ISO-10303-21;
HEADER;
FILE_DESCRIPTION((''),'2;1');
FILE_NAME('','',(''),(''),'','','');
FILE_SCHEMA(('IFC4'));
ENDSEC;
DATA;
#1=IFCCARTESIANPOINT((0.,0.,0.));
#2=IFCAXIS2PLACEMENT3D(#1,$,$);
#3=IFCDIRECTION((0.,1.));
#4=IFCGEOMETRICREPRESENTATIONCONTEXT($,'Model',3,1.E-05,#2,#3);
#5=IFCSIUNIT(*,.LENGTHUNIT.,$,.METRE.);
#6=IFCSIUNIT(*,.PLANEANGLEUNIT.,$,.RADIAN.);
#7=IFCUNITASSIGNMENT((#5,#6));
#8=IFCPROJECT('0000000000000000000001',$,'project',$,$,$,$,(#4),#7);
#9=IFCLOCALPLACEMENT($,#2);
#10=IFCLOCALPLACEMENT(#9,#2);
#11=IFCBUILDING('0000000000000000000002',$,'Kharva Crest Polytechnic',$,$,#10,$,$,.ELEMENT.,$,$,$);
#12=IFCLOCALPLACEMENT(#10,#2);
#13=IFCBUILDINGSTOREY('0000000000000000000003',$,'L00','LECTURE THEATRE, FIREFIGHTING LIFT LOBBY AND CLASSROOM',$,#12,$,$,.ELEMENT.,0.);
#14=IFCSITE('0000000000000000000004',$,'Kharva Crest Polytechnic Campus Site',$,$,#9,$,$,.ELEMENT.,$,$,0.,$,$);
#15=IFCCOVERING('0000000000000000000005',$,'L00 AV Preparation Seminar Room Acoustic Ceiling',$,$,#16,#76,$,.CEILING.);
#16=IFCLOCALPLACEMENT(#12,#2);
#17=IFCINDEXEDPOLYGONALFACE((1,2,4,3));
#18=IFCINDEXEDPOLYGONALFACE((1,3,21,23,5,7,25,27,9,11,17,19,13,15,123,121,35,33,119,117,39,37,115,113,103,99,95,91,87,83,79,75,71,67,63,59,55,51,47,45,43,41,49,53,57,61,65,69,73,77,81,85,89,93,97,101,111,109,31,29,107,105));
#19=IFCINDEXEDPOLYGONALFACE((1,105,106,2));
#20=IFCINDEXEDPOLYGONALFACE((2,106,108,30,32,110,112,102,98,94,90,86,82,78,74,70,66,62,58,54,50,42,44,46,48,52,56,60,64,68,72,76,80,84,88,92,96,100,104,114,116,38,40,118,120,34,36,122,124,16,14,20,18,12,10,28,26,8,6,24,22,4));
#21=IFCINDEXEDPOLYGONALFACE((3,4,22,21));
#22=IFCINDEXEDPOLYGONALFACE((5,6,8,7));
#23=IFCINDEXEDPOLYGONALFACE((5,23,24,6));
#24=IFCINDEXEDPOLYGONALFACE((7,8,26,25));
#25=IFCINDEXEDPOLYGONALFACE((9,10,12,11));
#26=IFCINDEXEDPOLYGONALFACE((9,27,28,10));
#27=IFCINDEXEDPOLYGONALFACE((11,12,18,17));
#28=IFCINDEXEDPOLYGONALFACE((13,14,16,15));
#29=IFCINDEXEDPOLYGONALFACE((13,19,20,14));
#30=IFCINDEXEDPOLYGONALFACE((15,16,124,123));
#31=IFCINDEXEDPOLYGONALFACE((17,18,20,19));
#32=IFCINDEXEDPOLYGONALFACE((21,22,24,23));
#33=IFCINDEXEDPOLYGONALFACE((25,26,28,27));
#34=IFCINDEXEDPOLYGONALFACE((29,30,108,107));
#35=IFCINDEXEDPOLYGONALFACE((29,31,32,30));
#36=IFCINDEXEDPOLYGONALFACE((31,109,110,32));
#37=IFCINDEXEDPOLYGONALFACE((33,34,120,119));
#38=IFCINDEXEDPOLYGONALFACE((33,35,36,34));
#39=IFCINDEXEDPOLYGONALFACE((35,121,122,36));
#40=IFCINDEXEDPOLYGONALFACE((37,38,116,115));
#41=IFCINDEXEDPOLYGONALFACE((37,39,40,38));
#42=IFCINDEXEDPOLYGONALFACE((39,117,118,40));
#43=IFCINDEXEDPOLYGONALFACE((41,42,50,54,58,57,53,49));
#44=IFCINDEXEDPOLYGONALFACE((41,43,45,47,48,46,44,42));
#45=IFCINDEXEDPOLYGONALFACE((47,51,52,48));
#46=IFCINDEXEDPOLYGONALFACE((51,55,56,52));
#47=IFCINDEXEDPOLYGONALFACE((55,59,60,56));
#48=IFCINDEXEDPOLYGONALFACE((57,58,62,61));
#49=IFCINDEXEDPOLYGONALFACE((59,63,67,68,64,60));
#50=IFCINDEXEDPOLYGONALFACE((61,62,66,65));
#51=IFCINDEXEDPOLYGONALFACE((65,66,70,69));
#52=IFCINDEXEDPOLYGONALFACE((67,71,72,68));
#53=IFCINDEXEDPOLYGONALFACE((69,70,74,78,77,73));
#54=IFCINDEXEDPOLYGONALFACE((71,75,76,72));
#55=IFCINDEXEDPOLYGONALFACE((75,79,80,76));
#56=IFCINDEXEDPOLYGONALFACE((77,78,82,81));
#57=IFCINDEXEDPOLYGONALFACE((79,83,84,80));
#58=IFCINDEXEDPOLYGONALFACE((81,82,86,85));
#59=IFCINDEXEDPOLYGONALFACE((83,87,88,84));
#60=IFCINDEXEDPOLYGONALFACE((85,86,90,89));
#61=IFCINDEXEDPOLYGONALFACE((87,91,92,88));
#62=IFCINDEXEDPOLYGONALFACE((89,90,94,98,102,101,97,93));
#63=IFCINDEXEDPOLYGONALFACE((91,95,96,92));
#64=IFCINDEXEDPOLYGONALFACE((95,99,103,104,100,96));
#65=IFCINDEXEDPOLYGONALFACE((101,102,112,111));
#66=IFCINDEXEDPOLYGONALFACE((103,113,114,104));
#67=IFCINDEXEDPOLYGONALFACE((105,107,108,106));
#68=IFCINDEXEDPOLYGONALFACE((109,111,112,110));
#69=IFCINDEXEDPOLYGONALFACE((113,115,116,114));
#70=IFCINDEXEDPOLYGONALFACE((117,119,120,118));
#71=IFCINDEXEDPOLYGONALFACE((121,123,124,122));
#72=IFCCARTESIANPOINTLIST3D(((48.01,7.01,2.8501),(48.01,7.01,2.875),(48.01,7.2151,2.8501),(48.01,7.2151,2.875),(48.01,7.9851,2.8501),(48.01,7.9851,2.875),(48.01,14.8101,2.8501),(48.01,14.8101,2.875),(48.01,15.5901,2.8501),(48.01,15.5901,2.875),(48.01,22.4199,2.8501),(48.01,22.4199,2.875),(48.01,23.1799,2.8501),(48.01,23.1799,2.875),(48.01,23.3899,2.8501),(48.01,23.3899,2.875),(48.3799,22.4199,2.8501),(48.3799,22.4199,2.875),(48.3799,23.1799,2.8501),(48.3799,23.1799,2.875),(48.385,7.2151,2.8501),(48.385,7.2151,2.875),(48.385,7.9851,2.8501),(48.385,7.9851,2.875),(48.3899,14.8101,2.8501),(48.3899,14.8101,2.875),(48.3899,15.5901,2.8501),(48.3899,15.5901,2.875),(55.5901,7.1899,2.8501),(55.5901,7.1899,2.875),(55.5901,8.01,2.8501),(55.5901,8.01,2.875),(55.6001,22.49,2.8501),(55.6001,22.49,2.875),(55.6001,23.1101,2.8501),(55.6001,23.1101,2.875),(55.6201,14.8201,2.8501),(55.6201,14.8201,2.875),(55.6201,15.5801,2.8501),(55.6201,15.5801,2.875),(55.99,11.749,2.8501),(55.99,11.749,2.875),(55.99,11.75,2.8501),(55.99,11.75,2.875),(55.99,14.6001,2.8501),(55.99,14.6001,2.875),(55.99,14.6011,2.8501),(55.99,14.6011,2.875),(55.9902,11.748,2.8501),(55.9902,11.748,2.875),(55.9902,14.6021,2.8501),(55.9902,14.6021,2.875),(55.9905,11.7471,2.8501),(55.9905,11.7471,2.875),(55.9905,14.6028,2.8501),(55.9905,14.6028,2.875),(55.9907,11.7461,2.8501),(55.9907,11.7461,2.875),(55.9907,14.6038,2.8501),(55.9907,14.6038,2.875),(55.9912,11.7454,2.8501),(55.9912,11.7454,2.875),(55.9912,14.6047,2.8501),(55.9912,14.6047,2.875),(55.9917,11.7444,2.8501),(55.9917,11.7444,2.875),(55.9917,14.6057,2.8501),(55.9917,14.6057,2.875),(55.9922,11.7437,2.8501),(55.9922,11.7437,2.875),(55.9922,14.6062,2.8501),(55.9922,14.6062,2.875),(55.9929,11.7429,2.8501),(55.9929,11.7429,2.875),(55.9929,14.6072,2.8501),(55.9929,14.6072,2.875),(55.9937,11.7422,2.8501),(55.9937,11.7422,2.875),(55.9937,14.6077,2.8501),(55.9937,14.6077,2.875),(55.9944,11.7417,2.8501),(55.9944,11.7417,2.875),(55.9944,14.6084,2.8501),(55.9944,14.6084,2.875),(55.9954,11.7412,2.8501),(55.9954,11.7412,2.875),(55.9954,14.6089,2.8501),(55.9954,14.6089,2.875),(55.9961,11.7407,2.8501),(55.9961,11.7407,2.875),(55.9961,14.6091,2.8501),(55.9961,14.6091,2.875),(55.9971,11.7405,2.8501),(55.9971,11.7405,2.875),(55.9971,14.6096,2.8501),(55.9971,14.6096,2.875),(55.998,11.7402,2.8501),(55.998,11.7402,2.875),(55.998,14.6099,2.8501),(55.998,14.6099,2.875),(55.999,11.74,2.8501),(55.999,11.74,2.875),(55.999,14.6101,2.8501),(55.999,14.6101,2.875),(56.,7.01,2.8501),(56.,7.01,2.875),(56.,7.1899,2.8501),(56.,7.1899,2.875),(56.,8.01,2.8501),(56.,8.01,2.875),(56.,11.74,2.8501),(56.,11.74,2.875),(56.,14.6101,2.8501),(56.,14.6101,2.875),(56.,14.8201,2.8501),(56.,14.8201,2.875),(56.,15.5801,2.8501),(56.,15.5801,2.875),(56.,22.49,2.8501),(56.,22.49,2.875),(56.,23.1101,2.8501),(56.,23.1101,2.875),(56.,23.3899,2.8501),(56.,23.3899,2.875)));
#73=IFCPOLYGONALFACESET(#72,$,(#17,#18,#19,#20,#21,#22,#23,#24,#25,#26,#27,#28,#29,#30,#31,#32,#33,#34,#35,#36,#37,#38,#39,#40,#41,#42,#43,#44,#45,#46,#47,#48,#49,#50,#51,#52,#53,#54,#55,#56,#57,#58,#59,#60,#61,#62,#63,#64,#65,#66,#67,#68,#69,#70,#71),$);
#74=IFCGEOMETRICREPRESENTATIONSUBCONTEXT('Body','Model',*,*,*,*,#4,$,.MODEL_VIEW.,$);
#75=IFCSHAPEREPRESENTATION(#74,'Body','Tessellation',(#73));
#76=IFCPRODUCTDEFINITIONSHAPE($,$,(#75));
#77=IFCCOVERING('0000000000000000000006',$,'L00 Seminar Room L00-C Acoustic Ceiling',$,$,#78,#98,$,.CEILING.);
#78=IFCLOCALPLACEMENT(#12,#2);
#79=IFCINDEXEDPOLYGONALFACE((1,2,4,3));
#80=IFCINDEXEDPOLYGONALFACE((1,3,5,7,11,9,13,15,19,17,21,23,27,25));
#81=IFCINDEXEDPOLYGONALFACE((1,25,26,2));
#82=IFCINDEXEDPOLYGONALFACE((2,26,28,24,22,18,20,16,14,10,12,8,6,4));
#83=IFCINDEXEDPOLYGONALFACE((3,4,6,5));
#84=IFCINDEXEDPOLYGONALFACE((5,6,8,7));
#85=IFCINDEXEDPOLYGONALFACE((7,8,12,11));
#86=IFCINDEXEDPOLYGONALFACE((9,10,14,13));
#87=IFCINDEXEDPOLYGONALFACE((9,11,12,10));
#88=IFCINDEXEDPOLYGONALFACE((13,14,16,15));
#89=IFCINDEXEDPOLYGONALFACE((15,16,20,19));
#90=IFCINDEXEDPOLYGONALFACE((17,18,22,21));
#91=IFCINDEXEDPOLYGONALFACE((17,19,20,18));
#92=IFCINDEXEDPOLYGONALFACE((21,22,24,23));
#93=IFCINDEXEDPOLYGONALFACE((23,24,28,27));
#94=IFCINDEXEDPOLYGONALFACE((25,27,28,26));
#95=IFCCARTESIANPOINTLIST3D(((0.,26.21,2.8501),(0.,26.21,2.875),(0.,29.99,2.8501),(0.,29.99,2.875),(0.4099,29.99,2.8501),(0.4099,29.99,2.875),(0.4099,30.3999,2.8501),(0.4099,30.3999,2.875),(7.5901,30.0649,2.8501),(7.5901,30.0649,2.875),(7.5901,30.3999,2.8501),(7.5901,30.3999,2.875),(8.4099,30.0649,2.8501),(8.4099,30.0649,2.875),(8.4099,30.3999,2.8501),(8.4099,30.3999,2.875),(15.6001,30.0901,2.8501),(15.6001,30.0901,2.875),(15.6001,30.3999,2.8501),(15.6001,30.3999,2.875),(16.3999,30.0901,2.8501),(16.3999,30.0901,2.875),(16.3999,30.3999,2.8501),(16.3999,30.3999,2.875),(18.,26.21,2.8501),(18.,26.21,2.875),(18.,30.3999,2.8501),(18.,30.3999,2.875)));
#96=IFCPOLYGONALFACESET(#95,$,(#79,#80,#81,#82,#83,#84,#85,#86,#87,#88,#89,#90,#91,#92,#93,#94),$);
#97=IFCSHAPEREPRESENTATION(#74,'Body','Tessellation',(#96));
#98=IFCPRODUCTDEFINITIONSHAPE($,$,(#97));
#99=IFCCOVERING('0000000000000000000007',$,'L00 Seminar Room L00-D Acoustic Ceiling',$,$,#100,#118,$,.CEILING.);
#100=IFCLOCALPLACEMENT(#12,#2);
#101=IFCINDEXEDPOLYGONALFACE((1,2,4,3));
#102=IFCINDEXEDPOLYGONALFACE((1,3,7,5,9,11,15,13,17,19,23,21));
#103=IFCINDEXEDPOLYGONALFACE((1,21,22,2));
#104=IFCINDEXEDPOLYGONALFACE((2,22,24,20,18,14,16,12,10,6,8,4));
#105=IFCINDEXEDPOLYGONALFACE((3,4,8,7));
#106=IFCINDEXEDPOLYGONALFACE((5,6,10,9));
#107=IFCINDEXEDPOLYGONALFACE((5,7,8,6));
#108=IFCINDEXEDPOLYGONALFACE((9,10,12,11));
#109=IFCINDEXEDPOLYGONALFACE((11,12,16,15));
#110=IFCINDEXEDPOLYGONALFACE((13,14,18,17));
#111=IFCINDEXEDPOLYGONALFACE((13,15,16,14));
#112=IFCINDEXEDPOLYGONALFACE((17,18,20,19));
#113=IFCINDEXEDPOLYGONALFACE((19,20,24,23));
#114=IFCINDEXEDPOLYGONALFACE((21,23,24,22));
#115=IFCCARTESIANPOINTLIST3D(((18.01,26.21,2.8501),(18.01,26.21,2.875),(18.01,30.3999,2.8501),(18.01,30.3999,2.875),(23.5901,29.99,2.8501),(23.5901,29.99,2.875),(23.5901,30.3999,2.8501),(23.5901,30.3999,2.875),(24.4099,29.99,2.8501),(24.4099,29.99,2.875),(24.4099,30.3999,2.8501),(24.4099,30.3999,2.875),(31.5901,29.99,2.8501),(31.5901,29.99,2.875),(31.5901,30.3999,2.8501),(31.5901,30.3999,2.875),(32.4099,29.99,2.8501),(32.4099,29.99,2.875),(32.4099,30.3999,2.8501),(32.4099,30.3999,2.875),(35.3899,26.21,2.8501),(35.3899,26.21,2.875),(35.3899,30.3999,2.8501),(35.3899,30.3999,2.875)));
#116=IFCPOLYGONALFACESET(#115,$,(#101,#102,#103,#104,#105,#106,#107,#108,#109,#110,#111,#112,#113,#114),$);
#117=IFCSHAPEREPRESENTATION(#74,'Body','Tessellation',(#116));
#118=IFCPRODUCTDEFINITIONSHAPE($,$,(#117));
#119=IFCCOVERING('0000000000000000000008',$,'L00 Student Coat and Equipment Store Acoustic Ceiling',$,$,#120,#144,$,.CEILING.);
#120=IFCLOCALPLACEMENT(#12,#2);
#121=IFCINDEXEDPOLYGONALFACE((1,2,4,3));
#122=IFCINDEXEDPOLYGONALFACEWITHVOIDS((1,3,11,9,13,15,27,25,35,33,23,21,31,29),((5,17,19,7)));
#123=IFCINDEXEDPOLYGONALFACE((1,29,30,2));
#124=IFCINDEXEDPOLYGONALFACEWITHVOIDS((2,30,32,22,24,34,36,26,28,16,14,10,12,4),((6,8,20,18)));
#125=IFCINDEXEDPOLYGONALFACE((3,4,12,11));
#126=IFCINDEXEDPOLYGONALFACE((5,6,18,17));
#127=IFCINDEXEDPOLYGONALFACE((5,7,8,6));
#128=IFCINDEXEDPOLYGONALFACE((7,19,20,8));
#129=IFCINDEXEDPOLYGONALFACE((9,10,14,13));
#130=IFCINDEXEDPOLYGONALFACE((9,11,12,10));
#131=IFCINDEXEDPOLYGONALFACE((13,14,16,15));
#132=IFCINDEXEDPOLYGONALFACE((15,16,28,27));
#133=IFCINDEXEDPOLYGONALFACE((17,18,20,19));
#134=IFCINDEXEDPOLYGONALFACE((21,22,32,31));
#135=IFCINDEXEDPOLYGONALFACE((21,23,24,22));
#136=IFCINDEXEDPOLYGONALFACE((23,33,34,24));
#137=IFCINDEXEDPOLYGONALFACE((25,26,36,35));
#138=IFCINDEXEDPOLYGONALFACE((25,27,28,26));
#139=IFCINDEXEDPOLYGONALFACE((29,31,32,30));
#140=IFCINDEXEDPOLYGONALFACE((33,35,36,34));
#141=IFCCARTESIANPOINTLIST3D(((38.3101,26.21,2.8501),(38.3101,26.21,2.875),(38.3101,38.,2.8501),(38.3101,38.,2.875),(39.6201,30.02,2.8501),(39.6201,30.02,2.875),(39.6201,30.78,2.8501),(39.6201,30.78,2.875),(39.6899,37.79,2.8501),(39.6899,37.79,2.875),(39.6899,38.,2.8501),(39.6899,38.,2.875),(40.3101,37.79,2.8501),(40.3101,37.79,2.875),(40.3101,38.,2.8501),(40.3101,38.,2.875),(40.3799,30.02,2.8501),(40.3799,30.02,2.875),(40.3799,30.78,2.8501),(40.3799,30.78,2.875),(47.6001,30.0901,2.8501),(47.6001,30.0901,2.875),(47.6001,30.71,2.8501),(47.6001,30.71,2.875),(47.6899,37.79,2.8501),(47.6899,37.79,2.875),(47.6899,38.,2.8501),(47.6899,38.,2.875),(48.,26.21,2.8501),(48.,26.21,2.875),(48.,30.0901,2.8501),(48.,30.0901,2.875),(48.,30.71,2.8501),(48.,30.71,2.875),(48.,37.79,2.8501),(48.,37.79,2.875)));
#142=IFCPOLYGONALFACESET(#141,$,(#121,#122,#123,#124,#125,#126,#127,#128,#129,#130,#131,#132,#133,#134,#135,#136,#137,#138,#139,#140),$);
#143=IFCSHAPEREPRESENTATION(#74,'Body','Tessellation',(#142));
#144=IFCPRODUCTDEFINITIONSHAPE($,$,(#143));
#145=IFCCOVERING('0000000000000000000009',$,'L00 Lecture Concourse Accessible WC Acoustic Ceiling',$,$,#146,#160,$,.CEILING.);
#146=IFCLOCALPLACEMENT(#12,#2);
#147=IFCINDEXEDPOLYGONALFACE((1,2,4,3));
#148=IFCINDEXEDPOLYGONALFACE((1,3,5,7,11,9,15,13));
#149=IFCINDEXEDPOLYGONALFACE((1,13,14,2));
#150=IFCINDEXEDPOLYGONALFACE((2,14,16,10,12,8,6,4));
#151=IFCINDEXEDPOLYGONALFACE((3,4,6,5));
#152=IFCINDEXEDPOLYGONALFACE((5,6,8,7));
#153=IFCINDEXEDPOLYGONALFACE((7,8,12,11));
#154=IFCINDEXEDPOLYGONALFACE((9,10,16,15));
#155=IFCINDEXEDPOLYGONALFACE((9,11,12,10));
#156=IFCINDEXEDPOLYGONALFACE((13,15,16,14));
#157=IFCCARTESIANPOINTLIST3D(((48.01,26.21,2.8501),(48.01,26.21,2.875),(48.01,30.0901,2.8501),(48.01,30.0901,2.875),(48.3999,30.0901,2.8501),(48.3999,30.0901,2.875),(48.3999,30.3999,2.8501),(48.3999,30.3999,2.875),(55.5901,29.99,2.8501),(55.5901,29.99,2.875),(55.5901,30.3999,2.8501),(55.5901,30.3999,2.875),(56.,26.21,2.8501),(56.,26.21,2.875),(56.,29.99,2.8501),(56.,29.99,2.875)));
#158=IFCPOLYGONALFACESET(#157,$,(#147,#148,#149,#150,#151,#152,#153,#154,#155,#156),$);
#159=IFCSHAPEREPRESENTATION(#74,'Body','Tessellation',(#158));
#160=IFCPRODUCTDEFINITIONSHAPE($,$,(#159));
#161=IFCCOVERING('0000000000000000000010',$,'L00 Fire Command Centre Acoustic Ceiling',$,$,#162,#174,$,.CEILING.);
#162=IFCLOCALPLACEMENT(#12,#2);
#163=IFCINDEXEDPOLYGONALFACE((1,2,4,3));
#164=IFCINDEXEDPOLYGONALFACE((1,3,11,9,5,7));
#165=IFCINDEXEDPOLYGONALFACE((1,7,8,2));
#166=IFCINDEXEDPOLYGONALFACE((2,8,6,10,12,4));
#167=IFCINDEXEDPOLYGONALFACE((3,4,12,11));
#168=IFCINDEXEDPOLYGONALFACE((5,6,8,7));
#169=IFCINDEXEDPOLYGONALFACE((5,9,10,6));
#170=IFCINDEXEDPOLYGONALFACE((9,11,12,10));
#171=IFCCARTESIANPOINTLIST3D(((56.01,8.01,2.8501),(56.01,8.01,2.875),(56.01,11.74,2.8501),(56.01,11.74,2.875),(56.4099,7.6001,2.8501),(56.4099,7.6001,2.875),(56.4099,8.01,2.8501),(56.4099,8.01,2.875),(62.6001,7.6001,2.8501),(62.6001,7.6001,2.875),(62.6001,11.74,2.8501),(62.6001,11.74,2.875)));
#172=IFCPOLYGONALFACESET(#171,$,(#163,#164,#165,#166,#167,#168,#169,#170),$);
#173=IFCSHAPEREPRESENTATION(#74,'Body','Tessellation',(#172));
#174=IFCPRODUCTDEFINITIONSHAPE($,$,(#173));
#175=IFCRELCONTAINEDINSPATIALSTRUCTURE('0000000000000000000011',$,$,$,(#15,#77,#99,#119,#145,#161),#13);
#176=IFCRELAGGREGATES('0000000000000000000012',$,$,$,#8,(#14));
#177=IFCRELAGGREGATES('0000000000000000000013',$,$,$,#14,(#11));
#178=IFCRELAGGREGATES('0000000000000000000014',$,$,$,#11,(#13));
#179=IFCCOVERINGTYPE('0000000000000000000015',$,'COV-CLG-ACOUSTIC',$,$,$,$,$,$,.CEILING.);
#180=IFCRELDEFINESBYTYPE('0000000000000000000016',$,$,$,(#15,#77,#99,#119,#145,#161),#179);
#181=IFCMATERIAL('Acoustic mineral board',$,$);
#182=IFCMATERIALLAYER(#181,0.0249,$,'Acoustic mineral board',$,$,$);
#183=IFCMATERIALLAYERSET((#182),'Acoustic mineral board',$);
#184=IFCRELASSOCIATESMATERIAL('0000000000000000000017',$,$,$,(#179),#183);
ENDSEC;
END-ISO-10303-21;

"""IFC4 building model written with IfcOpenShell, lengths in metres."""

from ifc_helpers import new_model, si_unit, direction, frame, origin, place, context, subcontext, project, spatial, polyline, outline, extrude, material, layer, layer_set, type_object, element, save


model = new_model("IFC4")

# Units and contexts
model_context = context("Model", 3, precision=1e-05, world=origin(), true_north=direction((0.0, 1.0)))
body_context = subcontext(model_context, "Body", "Model", "MODEL_VIEW")
ifc_project = project(units=[si_unit("LENGTHUNIT", "METRE"), si_unit("PLANEANGLEUNIT", "RADIAN")], contexts=[model_context])

# Site, building, storey
site_placement = place(None, origin())
site = spatial("IfcSite", under=ifc_project, at=site_placement, Name="Kharva Crest Polytechnic Campus Site", CompositionType="ELEMENT", RefElevation=0.0)
building_placement = place(site_placement, origin())
building = spatial("IfcBuilding", under=site, at=building_placement, Name="Kharva Crest Polytechnic", CompositionType="ELEMENT")
storey_placement = place(building_placement, origin())
storey = spatial("IfcBuildingStorey", under=building, at=storey_placement, Name="L00", Description="LECTURE THEATRE, FIREFIGHTING LIFT LOBBY AND CLASSROOM", CompositionType="ELEMENT", Elevation=0.0)

# Coverings
ifc_material_1 = material(Name="Acoustic mineral board")
ifc_layer_1 = layer(ifc_material_1, 0.0249, Name="Acoustic mineral board")
ifc_layer_set_1 = layer_set([ifc_layer_1], Name="Acoustic mineral board")
covering_type_1 = type_object("IfcCoveringType", Name="COV-CLG-ACOUSTIC", PredefinedType="CEILING", material=ifc_layer_set_1)
covering_1_placement = place(storey_placement, frame((0.0, 0.0, 2.8501)))
element("IfcCovering", 1, at=covering_1_placement, inside=storey, type_object=covering_type_1, Name="L00 AV Preparation Seminar Room Acoustic Ceiling", PredefinedType="CEILING", context=body_context, shape_type="SweptSolid", body=[
    extrude(outline(polyline([(48.385, 7.2151), (48.385, 7.9851), (48.01, 7.9851), (48.01, 14.8101), (48.3899, 14.8101), (48.3899, 15.5901), (48.01, 15.5901), (48.01, 22.4199), (48.3799, 22.4199), (48.3799, 23.1799), (48.01, 23.1799), (48.01, 23.3899), (56.0, 23.3899), (56.0, 23.1101), (55.6001, 23.1101), (55.6001, 22.49), (56.0, 22.49), (56.0, 15.5801), (55.6201, 15.5801), (55.6201, 14.8201), (56.0, 14.8201), (56.0, 14.6101), (55.999, 14.6101), (55.998, 14.6099), (55.9971, 14.6096), (55.9961, 14.6091), (55.9954, 14.6089), (55.9944, 14.6084), (55.9937, 14.6077), (55.9929, 14.6072), (55.9922, 14.6062), (55.9917, 14.6057), (55.9912, 14.6047), (55.9907, 14.6038), (55.9905, 14.6028), (55.9902, 14.6021), (55.99, 14.6011), (55.99, 14.6001), (55.99, 11.75), (55.99, 11.749), (55.9902, 11.748), (55.9905, 11.7471), (55.9907, 11.7461), (55.9912, 11.7454), (55.9917, 11.7444), (55.9922, 11.7437), (55.9929, 11.7429), (55.9937, 11.7422), (55.9944, 11.7417), (55.9954, 11.7412), (55.9961, 11.7407), (55.9971, 11.7405), (55.998, 11.7402), (55.999, 11.74), (56.0, 11.74), (56.0, 8.01), (55.5901, 8.01), (55.5901, 7.1899), (56.0, 7.1899), (56.0, 7.01), (48.01, 7.01), (48.01, 7.2151), (48.385, 7.2151)])), origin(), (0.0, 0.0, 1.0), 0.0249),
])
covering_2_placement = place(storey_placement, frame((0.0, 0.0, 2.8501)))
element("IfcCovering", 2, at=covering_2_placement, inside=storey, type_object=covering_type_1, Name="L00 Seminar Room L00-C Acoustic Ceiling", PredefinedType="CEILING", context=body_context, shape_type="SweptSolid", body=[
    extrude(outline(polyline([(0.0, 29.99), (0.4099, 29.99), (0.4099, 30.3999), (7.5901, 30.3999), (7.5901, 30.0649), (8.4099, 30.0649), (8.4099, 30.3999), (15.6001, 30.3999), (15.6001, 30.0901), (16.3999, 30.0901), (16.3999, 30.3999), (18.0, 30.3999), (18.0, 26.21), (0.0, 26.21), (0.0, 29.99)])), origin(), (0.0, 0.0, 1.0), 0.0249),
])
covering_3_placement = place(storey_placement, frame((0.0, 0.0, 2.8501)))
element("IfcCovering", 3, at=covering_3_placement, inside=storey, type_object=covering_type_1, Name="L00 Seminar Room L00-D Acoustic Ceiling", PredefinedType="CEILING", context=body_context, shape_type="SweptSolid", body=[
    extrude(outline(polyline([(23.5901, 30.3999), (23.5901, 29.99), (24.4099, 29.99), (24.4099, 30.3999), (31.5901, 30.3999), (31.5901, 29.99), (32.4099, 29.99), (32.4099, 30.3999), (35.3899, 30.3999), (35.3899, 26.21), (18.01, 26.21), (18.01, 30.3999), (23.5901, 30.3999)])), origin(), (0.0, 0.0, 1.0), 0.0249),
])
covering_4_placement = place(storey_placement, frame((0.0, 0.0, 2.8501)))
element("IfcCovering", 4, at=covering_4_placement, inside=storey, type_object=covering_type_1, Name="L00 Student Coat and Equipment Store Acoustic Ceiling", PredefinedType="CEILING", context=body_context, shape_type="SweptSolid", body=[
    extrude(outline(polyline([(39.6899, 38.0), (39.6899, 37.79), (40.3101, 37.79), (40.3101, 38.0), (47.6899, 38.0), (47.6899, 37.79), (48.0, 37.79), (48.0, 30.71), (47.6001, 30.71), (47.6001, 30.0901), (48.0, 30.0901), (48.0, 26.21), (38.3101, 26.21), (38.3101, 38.0), (39.6899, 38.0)]), holes=[polyline([(40.3799, 30.78), (39.6201, 30.78), (39.6201, 30.02), (40.3799, 30.02), (40.3799, 30.78)])]), origin(), (0.0, 0.0, 1.0), 0.0249),
])
covering_5_placement = place(storey_placement, frame((0.0, 0.0, 2.8501)))
element("IfcCovering", 5, at=covering_5_placement, inside=storey, type_object=covering_type_1, Name="L00 Lecture Concourse Accessible WC Acoustic Ceiling", PredefinedType="CEILING", context=body_context, shape_type="SweptSolid", body=[
    extrude(outline(polyline([(48.3999, 30.0901), (48.3999, 30.3999), (55.5901, 30.3999), (55.5901, 29.99), (56.0, 29.99), (56.0, 26.21), (48.01, 26.21), (48.01, 30.0901), (48.3999, 30.0901)])), origin(), (0.0, 0.0, 1.0), 0.0249),
])
covering_6_placement = place(storey_placement, frame((0.0, 0.0, 2.8501)))
element("IfcCovering", 6, at=covering_6_placement, inside=storey, type_object=covering_type_1, Name="L00 Fire Command Centre Acoustic Ceiling", PredefinedType="CEILING", context=body_context, shape_type="SweptSolid", body=[
    extrude(outline(polyline([(62.6001, 7.6001), (56.4099, 7.6001), (56.4099, 8.01), (56.01, 8.01), (56.01, 11.74), (62.6001, 11.74), (62.6001, 7.6001)])), origin(), (0.0, 0.0, 1.0), 0.0249),
])

save(model, "model.ifc")
